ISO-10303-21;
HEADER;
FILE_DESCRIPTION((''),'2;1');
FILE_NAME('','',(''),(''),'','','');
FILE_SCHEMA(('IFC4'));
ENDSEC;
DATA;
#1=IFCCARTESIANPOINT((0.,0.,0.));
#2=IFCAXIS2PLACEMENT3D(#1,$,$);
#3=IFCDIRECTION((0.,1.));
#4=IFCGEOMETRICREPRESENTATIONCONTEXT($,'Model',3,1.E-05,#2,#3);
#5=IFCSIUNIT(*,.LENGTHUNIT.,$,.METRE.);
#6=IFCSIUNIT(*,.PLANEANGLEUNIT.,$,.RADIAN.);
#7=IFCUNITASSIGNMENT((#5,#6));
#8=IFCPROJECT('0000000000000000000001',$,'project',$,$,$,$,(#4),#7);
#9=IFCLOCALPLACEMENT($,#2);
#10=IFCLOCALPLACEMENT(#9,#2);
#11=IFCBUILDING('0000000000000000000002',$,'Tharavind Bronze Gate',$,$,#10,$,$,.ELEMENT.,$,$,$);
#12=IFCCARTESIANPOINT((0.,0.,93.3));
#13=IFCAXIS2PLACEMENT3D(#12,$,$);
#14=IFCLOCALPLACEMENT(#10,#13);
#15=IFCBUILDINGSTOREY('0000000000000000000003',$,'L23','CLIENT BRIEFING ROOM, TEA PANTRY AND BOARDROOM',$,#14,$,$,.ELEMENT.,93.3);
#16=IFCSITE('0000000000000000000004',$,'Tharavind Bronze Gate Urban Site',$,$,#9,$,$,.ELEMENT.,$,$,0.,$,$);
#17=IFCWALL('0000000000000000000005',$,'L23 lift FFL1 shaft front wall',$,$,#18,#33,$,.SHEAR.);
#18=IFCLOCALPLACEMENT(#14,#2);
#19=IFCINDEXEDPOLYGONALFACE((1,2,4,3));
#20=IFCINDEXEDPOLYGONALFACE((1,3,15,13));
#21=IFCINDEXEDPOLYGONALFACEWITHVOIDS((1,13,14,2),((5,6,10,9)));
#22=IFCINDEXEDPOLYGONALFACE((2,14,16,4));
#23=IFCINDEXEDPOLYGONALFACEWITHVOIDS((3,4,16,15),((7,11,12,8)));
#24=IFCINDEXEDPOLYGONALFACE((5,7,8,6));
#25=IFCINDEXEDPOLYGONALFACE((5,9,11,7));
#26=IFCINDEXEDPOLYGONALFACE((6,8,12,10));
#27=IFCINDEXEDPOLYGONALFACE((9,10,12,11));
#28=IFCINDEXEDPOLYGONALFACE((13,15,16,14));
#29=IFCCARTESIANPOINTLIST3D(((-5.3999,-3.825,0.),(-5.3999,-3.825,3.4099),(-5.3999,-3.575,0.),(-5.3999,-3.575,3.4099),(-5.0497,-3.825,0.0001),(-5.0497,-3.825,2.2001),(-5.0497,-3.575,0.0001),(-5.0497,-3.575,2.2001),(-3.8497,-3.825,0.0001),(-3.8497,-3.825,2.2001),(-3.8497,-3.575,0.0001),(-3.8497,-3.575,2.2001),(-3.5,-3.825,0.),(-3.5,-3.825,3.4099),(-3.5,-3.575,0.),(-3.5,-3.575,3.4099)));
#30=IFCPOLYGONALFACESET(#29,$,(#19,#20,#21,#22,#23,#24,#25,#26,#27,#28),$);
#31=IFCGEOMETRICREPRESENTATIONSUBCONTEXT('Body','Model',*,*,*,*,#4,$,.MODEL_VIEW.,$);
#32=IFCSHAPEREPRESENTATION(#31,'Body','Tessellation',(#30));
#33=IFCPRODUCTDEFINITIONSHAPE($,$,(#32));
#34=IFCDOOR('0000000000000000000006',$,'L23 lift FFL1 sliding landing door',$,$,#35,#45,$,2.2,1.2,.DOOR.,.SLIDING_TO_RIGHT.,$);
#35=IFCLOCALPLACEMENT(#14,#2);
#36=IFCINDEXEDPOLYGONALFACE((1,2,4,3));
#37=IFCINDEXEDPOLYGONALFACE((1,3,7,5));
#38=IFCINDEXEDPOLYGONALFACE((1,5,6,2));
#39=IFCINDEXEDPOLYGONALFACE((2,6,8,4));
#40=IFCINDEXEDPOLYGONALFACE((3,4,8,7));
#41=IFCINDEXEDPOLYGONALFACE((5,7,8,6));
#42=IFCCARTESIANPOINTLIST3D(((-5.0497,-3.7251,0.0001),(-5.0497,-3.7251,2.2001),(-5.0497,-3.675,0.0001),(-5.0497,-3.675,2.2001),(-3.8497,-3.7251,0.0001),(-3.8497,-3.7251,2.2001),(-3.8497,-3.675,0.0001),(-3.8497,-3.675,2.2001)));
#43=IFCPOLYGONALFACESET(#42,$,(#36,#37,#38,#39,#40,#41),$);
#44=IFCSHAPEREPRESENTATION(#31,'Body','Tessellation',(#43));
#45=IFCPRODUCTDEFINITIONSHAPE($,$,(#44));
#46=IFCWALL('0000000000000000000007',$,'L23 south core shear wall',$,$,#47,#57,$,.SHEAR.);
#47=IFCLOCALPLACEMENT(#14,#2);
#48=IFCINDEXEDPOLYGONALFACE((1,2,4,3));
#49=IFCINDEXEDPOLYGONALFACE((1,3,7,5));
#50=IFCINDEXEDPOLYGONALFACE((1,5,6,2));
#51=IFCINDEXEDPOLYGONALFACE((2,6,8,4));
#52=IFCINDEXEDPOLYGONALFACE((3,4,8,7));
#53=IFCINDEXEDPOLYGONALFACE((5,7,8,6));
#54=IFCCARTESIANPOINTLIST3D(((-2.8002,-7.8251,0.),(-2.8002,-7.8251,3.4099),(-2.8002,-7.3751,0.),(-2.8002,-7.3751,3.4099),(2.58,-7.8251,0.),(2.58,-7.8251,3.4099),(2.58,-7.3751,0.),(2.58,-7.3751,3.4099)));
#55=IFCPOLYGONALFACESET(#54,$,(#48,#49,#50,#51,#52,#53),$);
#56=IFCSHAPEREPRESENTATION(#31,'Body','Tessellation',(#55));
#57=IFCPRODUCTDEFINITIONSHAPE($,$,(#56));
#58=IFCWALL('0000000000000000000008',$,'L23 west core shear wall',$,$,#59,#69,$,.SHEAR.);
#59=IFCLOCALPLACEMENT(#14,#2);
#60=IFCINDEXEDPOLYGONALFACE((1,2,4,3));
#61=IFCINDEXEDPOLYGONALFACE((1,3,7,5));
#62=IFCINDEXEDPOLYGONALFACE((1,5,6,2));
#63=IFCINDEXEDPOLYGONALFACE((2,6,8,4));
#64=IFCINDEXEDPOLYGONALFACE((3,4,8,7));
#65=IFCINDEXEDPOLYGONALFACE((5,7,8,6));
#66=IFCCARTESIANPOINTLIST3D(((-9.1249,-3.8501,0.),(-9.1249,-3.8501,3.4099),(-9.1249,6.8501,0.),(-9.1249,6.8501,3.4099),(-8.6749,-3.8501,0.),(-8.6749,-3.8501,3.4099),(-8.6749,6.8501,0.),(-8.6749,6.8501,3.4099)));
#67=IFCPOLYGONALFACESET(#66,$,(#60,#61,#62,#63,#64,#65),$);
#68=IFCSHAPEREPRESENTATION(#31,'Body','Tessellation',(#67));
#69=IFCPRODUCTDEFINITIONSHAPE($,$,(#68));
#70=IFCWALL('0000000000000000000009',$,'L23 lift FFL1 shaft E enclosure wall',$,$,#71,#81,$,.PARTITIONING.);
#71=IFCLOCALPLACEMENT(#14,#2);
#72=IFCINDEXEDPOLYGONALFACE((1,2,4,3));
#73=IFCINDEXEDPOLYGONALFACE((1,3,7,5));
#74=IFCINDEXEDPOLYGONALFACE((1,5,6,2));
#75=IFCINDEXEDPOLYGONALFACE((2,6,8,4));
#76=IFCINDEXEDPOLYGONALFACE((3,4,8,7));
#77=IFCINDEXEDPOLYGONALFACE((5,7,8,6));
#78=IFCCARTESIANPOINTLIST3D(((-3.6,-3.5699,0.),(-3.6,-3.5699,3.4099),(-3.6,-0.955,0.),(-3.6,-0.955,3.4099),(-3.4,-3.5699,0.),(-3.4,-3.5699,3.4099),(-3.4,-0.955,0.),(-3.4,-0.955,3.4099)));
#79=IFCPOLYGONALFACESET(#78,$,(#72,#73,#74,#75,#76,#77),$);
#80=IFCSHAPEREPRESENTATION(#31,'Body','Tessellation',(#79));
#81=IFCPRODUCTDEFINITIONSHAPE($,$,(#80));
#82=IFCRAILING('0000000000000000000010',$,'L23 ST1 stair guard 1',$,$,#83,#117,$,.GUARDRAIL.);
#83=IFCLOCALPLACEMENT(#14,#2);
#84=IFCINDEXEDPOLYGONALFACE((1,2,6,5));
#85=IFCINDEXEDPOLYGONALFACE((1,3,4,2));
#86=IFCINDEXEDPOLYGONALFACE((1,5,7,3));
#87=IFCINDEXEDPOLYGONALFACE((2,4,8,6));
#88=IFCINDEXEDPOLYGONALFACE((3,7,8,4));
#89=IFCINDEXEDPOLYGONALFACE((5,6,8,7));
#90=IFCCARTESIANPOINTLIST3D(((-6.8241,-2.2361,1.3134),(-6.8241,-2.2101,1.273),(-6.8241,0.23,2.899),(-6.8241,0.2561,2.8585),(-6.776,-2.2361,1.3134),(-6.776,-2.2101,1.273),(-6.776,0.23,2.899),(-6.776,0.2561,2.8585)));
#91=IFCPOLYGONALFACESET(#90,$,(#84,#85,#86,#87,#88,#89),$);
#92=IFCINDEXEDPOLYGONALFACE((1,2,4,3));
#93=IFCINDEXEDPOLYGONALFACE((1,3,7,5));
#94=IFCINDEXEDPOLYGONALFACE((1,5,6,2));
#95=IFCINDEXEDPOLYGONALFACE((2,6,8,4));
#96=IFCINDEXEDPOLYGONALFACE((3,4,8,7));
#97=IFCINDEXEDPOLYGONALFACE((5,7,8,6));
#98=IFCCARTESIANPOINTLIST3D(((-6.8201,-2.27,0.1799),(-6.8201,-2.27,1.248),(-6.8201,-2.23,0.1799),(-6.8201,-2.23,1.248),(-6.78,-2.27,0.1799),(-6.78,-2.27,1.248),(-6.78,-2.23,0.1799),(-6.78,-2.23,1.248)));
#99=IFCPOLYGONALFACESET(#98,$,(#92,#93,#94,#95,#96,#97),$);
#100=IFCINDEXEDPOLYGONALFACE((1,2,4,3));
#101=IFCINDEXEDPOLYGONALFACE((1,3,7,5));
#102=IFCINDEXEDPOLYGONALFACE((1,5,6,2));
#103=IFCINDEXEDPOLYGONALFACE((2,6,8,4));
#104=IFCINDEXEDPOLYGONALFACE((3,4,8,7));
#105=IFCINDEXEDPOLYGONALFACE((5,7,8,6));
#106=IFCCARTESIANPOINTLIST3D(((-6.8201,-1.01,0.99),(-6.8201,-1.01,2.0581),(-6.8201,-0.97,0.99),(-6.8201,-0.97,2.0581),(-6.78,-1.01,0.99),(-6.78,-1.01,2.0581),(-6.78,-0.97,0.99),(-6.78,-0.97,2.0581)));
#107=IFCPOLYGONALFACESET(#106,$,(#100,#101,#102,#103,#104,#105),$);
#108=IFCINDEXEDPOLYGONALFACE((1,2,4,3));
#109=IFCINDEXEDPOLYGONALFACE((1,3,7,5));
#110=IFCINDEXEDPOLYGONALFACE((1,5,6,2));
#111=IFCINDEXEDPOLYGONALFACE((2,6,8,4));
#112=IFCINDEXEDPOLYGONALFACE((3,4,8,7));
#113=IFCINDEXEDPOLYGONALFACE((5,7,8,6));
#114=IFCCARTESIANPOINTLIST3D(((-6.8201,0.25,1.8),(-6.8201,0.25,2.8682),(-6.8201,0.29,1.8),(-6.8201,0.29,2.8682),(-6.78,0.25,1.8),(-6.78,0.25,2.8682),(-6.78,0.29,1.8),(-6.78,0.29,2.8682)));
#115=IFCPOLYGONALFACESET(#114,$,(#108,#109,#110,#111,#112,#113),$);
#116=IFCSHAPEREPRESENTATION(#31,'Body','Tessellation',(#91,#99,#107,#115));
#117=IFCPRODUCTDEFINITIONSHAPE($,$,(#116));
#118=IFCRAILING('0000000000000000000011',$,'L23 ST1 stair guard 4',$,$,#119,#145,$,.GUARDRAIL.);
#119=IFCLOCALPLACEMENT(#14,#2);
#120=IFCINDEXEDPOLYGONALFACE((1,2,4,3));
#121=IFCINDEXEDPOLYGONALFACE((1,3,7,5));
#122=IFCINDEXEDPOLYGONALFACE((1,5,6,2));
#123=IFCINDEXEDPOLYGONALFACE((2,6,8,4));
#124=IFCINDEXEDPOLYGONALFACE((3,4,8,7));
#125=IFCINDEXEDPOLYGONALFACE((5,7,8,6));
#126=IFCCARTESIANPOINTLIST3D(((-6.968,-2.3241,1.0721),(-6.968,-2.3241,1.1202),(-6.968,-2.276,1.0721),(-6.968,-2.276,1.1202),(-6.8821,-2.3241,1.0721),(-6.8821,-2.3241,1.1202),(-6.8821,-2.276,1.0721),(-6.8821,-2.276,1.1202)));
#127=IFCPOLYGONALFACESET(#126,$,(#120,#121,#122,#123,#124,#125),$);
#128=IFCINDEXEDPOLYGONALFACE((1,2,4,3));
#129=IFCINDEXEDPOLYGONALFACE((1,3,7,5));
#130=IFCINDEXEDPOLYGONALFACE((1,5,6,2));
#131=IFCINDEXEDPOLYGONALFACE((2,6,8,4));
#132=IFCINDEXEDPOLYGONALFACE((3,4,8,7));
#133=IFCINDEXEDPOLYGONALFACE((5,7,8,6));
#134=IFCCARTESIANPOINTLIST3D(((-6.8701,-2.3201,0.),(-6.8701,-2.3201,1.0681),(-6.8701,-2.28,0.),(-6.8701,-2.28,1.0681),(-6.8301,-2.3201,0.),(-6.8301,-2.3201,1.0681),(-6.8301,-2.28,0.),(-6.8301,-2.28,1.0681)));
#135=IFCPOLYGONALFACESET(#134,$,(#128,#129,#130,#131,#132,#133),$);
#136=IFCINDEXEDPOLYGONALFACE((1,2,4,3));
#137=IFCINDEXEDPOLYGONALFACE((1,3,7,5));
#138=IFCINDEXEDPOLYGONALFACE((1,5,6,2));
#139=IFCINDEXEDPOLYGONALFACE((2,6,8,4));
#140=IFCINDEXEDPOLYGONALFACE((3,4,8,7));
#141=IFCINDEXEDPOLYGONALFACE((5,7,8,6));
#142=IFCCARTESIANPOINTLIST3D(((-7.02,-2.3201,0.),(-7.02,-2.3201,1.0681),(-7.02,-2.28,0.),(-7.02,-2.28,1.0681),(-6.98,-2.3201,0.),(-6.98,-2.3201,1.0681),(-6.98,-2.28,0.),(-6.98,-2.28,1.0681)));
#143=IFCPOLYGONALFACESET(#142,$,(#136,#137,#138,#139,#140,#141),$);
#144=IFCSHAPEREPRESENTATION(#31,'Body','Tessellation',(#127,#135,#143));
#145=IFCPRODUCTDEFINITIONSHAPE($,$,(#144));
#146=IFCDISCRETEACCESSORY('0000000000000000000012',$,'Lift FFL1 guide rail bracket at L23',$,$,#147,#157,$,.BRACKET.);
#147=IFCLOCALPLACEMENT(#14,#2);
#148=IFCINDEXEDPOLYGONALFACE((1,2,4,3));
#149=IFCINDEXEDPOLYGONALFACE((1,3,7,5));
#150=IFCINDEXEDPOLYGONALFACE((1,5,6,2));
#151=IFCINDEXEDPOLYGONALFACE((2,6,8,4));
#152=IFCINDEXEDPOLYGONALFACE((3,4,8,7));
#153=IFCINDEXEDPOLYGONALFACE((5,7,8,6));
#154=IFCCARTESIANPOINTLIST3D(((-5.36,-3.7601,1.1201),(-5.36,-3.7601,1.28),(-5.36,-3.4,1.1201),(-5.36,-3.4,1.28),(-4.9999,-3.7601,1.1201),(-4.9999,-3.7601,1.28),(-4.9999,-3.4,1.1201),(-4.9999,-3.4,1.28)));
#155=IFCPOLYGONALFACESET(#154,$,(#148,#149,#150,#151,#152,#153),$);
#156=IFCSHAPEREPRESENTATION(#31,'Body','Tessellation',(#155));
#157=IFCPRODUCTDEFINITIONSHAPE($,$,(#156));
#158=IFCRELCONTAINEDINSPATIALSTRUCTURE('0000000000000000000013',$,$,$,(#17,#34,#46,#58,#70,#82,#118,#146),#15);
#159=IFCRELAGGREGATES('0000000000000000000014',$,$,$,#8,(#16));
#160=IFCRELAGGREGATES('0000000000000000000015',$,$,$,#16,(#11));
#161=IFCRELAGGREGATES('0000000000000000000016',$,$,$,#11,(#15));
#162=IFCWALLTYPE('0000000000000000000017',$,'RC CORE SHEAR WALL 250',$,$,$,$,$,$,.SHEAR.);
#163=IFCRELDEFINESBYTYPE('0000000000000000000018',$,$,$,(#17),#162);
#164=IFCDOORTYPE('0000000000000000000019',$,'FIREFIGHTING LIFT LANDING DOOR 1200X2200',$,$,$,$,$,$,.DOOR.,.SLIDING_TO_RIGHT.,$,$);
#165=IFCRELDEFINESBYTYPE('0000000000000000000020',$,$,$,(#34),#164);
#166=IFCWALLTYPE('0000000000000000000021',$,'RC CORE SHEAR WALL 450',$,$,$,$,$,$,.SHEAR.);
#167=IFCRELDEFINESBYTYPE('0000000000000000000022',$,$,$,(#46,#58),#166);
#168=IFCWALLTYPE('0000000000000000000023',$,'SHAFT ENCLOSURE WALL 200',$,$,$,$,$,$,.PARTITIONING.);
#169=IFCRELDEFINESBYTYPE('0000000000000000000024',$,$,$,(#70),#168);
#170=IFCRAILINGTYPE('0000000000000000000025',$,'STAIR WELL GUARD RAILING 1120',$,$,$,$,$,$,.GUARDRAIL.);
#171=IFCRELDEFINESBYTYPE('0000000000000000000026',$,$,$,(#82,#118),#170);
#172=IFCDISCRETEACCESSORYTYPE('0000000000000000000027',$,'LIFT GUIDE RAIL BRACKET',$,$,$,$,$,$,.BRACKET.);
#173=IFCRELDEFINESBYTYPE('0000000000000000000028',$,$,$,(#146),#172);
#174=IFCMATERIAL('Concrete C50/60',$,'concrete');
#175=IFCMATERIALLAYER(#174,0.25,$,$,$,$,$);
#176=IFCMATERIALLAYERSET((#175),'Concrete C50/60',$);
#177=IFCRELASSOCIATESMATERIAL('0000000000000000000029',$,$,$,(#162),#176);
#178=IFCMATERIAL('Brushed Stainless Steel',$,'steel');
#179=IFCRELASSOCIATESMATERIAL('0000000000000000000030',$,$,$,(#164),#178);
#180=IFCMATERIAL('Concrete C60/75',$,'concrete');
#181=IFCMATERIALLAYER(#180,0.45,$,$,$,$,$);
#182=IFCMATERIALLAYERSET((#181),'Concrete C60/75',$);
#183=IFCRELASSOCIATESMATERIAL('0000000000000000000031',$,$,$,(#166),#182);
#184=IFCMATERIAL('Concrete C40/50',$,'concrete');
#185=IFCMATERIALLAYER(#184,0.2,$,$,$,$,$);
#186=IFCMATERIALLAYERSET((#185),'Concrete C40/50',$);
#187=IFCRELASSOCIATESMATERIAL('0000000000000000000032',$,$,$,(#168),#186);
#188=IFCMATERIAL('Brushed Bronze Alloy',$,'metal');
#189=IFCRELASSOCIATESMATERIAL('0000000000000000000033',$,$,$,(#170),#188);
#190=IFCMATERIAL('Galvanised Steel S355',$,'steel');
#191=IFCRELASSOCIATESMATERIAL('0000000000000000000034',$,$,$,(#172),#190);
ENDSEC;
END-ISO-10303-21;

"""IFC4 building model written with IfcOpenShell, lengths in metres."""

from ifc_helpers import new_model, si_unit, direction, frame, frame_2d, origin, origin_2d, place, context, subcontext, project, spatial, rectangle, extrude, material, layer, layer_set, type_object, element, fill, save


model = new_model("IFC4")

# Units and contexts
model_context = context("Model", 3, precision=1e-05, world=origin(), true_north=direction((0.0, 1.0)))
body_context = subcontext(model_context, "Body", "Model", "MODEL_VIEW")
ifc_project = project(units=[si_unit("LENGTHUNIT", "METRE"), si_unit("PLANEANGLEUNIT", "RADIAN")], contexts=[model_context])

# Site, building, storey
site_placement = place(None, origin())
site = spatial("IfcSite", under=ifc_project, at=site_placement, Name="Tharavind Bronze Gate Urban Site", CompositionType="ELEMENT", RefElevation=0.0)
building_placement = place(site_placement, origin())
building = spatial("IfcBuilding", under=site, at=building_placement, Name="Tharavind Bronze Gate", CompositionType="ELEMENT")
storey_placement = place(building_placement, frame((0.0, 0.0, 93.3)))
storey = spatial("IfcBuildingStorey", under=building, at=storey_placement, Name="L23", Description="CLIENT BRIEFING ROOM, TEA PANTRY AND BOARDROOM", CompositionType="ELEMENT", Elevation=93.3)

# Shared definitions
ifc_material_1 = material(Name="Concrete C60/75", Category="concrete")

# Shared definitions
ifc_material_2 = material(Name="Concrete C50/60", Category="concrete")
ifc_layer_1 = layer(ifc_material_2, 0.25)
ifc_layer_set_1 = layer_set([ifc_layer_1], Name="Concrete C50/60")
wall_type_1 = type_object("IfcWallType", Name="RC CORE SHEAR WALL 250", PredefinedType="SHEAR", material=ifc_layer_set_1)

# Wall, opening, door
wall_1_placement = place(storey_placement, frame((-5.3999, -3.7, 0.0), z_axis=(0.0, 0.0, 1.0), x_axis=(1.0, 0.0, 0.0)))
wall_1 = element("IfcWall", 1, at=wall_1_placement, inside=storey, type_object=wall_type_1, Name="L23 lift FFL1 shaft front wall", PredefinedType="SHEAR", context=body_context, shape_type="SweptSolid", body=[
    extrude(rectangle(XDim=1.8999, YDim=0.25, at=frame_2d((0.95, 0.0))), origin(), (0.0, 0.0, 1.0), 3.4099),
])
opening_1_placement = place(wall_1_placement, frame((0.3501, 0.0, 0.0)))
opening_1 = element("IfcOpeningElement", 2, at=opening_1_placement, cuts=wall_1, PredefinedType="OPENING", context=body_context, shape_type="SweptSolid", body=[
    extrude(rectangle(XDim=1.2, YDim=2.2, at=frame_2d((0.6001, 1.1001))), frame((0.0, 0.135, 0.0), z_axis=(0.0, -1.0, 0.0), x_axis=(1.0, 0.0, 0.0)), (0.0, 0.0, 1.0), 0.27),
])
ifc_material_3 = material(Name="Brushed Stainless Steel", Category="steel")
door_type_1 = type_object("IfcDoorType", Name="FIREFIGHTING LIFT LANDING DOOR 1200X2200", OperationType="SLIDING_TO_RIGHT", PredefinedType="DOOR", material=ifc_material_3)
door_1_placement = place(opening_1_placement, origin())
door_1 = element("IfcDoor", 3, at=door_1_placement, inside=storey, type_object=door_type_1, Name="L23 lift FFL1 sliding landing door", OperationType="SLIDING_TO_RIGHT", OverallHeight=2.2, OverallWidth=1.2, PredefinedType="DOOR", context=body_context, shape_type="SweptSolid", body=[
    extrude(rectangle(XDim=1.2, YDim=2.2, at=frame_2d((0.6001, 1.1001))), frame((0.0, 0.0249, 0.0), z_axis=(0.0, -1.0, 0.0), x_axis=(1.0, 0.0, 0.0)), (0.0, 0.0, 1.0), 0.05),
])
fill(opening_1, door_1)

# Walls
ifc_layer_2 = layer(ifc_material_1, 0.45)
ifc_layer_set_2 = layer_set([ifc_layer_2], Name="Concrete C60/75")
wall_type_2 = type_object("IfcWallType", Name="RC CORE SHEAR WALL 450", PredefinedType="SHEAR", material=ifc_layer_set_2)
wall_2_placement = place(storey_placement, frame((-2.8, -7.6001, 0.0), z_axis=(0.0, 0.0, 1.0), x_axis=(1.0, 0.0, 0.0)))
element("IfcWall", 4, at=wall_2_placement, inside=storey, type_object=wall_type_2, Name="L23 south core shear wall", PredefinedType="SHEAR", context=body_context, shape_type="SweptSolid", body=[
    extrude(rectangle(XDim=5.3801, YDim=0.45, at=frame_2d((2.6899, 0.0))), origin(), (0.0, 0.0, 1.0), 3.4099),
])
wall_3_placement = place(storey_placement, frame((-8.8999, -3.8501, 0.0), z_axis=(0.0, 0.0, 1.0), x_axis=(0.0, 1.0, 0.0)))
element("IfcWall", 5, at=wall_3_placement, inside=storey, type_object=wall_type_2, Name="L23 west core shear wall", PredefinedType="SHEAR", context=body_context, shape_type="SweptSolid", body=[
    extrude(rectangle(XDim=10.7002, YDim=0.45, at=frame_2d((5.3501, 0.0))), origin(), (0.0, 0.0, 1.0), 3.4099),
])
ifc_material_4 = material(Name="Concrete C40/50", Category="concrete")
ifc_layer_3 = layer(ifc_material_4, 0.2)
ifc_layer_set_3 = layer_set([ifc_layer_3], Name="Concrete C40/50")
wall_type_3 = type_object("IfcWallType", Name="SHAFT ENCLOSURE WALL 200", PredefinedType="PARTITIONING", material=ifc_layer_set_3)
wall_4_placement = place(storey_placement, frame((-3.5, -3.5701, 0.0), z_axis=(0.0, 0.0, 1.0), x_axis=(0.0, 1.0, 0.0)))
element("IfcWall", 6, at=wall_4_placement, inside=storey, type_object=wall_type_3, Name="L23 lift FFL1 shaft E enclosure wall", PredefinedType="PARTITIONING", context=body_context, shape_type="SweptSolid", body=[
    extrude(rectangle(XDim=2.615, YDim=0.2, at=frame_2d((1.3076, 0.0))), origin(), (0.0, 0.0, 1.0), 3.4099),
])

# Railings
ifc_material_5 = material(Name="Brushed Bronze Alloy", Category="metal")
railing_type = type_object("IfcRailingType", Name="STAIR WELL GUARD RAILING 1120", PredefinedType="GUARDRAIL", material=ifc_material_5)
railing_1_placement = place(storey_placement, frame((-6.8, -2.25, 0.1799)))
element("IfcRailing", 7, at=railing_1_placement, inside=storey, type_object=railing_type, Name="L23 ST1 stair guard 1", PredefinedType="GUARDRAIL", context=body_context, shape_type="SweptSolid", body=[
    extrude(rectangle(XDim=0.0481, YDim=0.0481, at=origin_2d()), frame((0.0, 0.0269, 1.1133), z_axis=(0.0, 0.841163, 0.540782), x_axis=(-1.0, 0.0, 0.0)), (0.0, 0.0, 1.0), 2.9319),
    extrude(rectangle(XDim=0.04, YDim=0.04, at=origin_2d()), origin(), (0.0, 0.0, 1.0), 1.0681),
    extrude(rectangle(XDim=0.04, YDim=0.04, at=origin_2d()), frame((0.0, 1.26, 0.8101)), (0.0, 0.0, 1.0), 1.0681),
    extrude(rectangle(XDim=0.04, YDim=0.04, at=origin_2d()), frame((0.0, 2.52, 1.6201)), (0.0, 0.0, 1.0), 1.0681),
])
railing_2_placement = place(storey_placement, frame((-6.8501, -2.3, 0.0)))
element("IfcRailing", 8, at=railing_2_placement, inside=storey, type_object=railing_type, Name="L23 ST1 stair guard 4", PredefinedType="GUARDRAIL", context=body_context, shape_type="SweptSolid", body=[
    extrude(rectangle(XDim=0.0481, YDim=0.0481, at=origin_2d()), frame((-0.032, 0.0, 1.0962), z_axis=(-1.0, 0.0, 0.0), x_axis=(0.0, -1.0, 0.0)), (0.0, 0.0, 1.0), 0.0859),
    extrude(rectangle(XDim=0.04, YDim=0.04, at=origin_2d()), origin(), (0.0, 0.0, 1.0), 1.0681),
    extrude(rectangle(XDim=0.04, YDim=0.04, at=origin_2d()), frame((-0.1499, 0.0, 0.0)), (0.0, 0.0, 1.0), 1.0681),
])

# Discrete accessory
ifc_material_6 = material(Name="Galvanised Steel S355", Category="steel")
discrete_accessory_type = type_object("IfcDiscreteAccessoryType", Name="LIFT GUIDE RAIL BRACKET", PredefinedType="BRACKET", material=ifc_material_6)
discrete_accessory_placement = place(storey_placement, frame((-5.1799, -3.5801, 1.1201), z_axis=(0.0, 0.0, 1.0), x_axis=(1.0, 0.0, 0.0)))
element("IfcDiscreteAccessory", 9, at=discrete_accessory_placement, inside=storey, type_object=discrete_accessory_type, Name="Lift FFL1 guide rail bracket at L23", PredefinedType="BRACKET", context=body_context, shape_type="SweptSolid", body=[
    extrude(rectangle(XDim=0.3601, YDim=0.3601, at=origin_2d()), origin(), (0.0, 0.0, 1.0), 0.1599),
])

save(model, "model.ifc")
